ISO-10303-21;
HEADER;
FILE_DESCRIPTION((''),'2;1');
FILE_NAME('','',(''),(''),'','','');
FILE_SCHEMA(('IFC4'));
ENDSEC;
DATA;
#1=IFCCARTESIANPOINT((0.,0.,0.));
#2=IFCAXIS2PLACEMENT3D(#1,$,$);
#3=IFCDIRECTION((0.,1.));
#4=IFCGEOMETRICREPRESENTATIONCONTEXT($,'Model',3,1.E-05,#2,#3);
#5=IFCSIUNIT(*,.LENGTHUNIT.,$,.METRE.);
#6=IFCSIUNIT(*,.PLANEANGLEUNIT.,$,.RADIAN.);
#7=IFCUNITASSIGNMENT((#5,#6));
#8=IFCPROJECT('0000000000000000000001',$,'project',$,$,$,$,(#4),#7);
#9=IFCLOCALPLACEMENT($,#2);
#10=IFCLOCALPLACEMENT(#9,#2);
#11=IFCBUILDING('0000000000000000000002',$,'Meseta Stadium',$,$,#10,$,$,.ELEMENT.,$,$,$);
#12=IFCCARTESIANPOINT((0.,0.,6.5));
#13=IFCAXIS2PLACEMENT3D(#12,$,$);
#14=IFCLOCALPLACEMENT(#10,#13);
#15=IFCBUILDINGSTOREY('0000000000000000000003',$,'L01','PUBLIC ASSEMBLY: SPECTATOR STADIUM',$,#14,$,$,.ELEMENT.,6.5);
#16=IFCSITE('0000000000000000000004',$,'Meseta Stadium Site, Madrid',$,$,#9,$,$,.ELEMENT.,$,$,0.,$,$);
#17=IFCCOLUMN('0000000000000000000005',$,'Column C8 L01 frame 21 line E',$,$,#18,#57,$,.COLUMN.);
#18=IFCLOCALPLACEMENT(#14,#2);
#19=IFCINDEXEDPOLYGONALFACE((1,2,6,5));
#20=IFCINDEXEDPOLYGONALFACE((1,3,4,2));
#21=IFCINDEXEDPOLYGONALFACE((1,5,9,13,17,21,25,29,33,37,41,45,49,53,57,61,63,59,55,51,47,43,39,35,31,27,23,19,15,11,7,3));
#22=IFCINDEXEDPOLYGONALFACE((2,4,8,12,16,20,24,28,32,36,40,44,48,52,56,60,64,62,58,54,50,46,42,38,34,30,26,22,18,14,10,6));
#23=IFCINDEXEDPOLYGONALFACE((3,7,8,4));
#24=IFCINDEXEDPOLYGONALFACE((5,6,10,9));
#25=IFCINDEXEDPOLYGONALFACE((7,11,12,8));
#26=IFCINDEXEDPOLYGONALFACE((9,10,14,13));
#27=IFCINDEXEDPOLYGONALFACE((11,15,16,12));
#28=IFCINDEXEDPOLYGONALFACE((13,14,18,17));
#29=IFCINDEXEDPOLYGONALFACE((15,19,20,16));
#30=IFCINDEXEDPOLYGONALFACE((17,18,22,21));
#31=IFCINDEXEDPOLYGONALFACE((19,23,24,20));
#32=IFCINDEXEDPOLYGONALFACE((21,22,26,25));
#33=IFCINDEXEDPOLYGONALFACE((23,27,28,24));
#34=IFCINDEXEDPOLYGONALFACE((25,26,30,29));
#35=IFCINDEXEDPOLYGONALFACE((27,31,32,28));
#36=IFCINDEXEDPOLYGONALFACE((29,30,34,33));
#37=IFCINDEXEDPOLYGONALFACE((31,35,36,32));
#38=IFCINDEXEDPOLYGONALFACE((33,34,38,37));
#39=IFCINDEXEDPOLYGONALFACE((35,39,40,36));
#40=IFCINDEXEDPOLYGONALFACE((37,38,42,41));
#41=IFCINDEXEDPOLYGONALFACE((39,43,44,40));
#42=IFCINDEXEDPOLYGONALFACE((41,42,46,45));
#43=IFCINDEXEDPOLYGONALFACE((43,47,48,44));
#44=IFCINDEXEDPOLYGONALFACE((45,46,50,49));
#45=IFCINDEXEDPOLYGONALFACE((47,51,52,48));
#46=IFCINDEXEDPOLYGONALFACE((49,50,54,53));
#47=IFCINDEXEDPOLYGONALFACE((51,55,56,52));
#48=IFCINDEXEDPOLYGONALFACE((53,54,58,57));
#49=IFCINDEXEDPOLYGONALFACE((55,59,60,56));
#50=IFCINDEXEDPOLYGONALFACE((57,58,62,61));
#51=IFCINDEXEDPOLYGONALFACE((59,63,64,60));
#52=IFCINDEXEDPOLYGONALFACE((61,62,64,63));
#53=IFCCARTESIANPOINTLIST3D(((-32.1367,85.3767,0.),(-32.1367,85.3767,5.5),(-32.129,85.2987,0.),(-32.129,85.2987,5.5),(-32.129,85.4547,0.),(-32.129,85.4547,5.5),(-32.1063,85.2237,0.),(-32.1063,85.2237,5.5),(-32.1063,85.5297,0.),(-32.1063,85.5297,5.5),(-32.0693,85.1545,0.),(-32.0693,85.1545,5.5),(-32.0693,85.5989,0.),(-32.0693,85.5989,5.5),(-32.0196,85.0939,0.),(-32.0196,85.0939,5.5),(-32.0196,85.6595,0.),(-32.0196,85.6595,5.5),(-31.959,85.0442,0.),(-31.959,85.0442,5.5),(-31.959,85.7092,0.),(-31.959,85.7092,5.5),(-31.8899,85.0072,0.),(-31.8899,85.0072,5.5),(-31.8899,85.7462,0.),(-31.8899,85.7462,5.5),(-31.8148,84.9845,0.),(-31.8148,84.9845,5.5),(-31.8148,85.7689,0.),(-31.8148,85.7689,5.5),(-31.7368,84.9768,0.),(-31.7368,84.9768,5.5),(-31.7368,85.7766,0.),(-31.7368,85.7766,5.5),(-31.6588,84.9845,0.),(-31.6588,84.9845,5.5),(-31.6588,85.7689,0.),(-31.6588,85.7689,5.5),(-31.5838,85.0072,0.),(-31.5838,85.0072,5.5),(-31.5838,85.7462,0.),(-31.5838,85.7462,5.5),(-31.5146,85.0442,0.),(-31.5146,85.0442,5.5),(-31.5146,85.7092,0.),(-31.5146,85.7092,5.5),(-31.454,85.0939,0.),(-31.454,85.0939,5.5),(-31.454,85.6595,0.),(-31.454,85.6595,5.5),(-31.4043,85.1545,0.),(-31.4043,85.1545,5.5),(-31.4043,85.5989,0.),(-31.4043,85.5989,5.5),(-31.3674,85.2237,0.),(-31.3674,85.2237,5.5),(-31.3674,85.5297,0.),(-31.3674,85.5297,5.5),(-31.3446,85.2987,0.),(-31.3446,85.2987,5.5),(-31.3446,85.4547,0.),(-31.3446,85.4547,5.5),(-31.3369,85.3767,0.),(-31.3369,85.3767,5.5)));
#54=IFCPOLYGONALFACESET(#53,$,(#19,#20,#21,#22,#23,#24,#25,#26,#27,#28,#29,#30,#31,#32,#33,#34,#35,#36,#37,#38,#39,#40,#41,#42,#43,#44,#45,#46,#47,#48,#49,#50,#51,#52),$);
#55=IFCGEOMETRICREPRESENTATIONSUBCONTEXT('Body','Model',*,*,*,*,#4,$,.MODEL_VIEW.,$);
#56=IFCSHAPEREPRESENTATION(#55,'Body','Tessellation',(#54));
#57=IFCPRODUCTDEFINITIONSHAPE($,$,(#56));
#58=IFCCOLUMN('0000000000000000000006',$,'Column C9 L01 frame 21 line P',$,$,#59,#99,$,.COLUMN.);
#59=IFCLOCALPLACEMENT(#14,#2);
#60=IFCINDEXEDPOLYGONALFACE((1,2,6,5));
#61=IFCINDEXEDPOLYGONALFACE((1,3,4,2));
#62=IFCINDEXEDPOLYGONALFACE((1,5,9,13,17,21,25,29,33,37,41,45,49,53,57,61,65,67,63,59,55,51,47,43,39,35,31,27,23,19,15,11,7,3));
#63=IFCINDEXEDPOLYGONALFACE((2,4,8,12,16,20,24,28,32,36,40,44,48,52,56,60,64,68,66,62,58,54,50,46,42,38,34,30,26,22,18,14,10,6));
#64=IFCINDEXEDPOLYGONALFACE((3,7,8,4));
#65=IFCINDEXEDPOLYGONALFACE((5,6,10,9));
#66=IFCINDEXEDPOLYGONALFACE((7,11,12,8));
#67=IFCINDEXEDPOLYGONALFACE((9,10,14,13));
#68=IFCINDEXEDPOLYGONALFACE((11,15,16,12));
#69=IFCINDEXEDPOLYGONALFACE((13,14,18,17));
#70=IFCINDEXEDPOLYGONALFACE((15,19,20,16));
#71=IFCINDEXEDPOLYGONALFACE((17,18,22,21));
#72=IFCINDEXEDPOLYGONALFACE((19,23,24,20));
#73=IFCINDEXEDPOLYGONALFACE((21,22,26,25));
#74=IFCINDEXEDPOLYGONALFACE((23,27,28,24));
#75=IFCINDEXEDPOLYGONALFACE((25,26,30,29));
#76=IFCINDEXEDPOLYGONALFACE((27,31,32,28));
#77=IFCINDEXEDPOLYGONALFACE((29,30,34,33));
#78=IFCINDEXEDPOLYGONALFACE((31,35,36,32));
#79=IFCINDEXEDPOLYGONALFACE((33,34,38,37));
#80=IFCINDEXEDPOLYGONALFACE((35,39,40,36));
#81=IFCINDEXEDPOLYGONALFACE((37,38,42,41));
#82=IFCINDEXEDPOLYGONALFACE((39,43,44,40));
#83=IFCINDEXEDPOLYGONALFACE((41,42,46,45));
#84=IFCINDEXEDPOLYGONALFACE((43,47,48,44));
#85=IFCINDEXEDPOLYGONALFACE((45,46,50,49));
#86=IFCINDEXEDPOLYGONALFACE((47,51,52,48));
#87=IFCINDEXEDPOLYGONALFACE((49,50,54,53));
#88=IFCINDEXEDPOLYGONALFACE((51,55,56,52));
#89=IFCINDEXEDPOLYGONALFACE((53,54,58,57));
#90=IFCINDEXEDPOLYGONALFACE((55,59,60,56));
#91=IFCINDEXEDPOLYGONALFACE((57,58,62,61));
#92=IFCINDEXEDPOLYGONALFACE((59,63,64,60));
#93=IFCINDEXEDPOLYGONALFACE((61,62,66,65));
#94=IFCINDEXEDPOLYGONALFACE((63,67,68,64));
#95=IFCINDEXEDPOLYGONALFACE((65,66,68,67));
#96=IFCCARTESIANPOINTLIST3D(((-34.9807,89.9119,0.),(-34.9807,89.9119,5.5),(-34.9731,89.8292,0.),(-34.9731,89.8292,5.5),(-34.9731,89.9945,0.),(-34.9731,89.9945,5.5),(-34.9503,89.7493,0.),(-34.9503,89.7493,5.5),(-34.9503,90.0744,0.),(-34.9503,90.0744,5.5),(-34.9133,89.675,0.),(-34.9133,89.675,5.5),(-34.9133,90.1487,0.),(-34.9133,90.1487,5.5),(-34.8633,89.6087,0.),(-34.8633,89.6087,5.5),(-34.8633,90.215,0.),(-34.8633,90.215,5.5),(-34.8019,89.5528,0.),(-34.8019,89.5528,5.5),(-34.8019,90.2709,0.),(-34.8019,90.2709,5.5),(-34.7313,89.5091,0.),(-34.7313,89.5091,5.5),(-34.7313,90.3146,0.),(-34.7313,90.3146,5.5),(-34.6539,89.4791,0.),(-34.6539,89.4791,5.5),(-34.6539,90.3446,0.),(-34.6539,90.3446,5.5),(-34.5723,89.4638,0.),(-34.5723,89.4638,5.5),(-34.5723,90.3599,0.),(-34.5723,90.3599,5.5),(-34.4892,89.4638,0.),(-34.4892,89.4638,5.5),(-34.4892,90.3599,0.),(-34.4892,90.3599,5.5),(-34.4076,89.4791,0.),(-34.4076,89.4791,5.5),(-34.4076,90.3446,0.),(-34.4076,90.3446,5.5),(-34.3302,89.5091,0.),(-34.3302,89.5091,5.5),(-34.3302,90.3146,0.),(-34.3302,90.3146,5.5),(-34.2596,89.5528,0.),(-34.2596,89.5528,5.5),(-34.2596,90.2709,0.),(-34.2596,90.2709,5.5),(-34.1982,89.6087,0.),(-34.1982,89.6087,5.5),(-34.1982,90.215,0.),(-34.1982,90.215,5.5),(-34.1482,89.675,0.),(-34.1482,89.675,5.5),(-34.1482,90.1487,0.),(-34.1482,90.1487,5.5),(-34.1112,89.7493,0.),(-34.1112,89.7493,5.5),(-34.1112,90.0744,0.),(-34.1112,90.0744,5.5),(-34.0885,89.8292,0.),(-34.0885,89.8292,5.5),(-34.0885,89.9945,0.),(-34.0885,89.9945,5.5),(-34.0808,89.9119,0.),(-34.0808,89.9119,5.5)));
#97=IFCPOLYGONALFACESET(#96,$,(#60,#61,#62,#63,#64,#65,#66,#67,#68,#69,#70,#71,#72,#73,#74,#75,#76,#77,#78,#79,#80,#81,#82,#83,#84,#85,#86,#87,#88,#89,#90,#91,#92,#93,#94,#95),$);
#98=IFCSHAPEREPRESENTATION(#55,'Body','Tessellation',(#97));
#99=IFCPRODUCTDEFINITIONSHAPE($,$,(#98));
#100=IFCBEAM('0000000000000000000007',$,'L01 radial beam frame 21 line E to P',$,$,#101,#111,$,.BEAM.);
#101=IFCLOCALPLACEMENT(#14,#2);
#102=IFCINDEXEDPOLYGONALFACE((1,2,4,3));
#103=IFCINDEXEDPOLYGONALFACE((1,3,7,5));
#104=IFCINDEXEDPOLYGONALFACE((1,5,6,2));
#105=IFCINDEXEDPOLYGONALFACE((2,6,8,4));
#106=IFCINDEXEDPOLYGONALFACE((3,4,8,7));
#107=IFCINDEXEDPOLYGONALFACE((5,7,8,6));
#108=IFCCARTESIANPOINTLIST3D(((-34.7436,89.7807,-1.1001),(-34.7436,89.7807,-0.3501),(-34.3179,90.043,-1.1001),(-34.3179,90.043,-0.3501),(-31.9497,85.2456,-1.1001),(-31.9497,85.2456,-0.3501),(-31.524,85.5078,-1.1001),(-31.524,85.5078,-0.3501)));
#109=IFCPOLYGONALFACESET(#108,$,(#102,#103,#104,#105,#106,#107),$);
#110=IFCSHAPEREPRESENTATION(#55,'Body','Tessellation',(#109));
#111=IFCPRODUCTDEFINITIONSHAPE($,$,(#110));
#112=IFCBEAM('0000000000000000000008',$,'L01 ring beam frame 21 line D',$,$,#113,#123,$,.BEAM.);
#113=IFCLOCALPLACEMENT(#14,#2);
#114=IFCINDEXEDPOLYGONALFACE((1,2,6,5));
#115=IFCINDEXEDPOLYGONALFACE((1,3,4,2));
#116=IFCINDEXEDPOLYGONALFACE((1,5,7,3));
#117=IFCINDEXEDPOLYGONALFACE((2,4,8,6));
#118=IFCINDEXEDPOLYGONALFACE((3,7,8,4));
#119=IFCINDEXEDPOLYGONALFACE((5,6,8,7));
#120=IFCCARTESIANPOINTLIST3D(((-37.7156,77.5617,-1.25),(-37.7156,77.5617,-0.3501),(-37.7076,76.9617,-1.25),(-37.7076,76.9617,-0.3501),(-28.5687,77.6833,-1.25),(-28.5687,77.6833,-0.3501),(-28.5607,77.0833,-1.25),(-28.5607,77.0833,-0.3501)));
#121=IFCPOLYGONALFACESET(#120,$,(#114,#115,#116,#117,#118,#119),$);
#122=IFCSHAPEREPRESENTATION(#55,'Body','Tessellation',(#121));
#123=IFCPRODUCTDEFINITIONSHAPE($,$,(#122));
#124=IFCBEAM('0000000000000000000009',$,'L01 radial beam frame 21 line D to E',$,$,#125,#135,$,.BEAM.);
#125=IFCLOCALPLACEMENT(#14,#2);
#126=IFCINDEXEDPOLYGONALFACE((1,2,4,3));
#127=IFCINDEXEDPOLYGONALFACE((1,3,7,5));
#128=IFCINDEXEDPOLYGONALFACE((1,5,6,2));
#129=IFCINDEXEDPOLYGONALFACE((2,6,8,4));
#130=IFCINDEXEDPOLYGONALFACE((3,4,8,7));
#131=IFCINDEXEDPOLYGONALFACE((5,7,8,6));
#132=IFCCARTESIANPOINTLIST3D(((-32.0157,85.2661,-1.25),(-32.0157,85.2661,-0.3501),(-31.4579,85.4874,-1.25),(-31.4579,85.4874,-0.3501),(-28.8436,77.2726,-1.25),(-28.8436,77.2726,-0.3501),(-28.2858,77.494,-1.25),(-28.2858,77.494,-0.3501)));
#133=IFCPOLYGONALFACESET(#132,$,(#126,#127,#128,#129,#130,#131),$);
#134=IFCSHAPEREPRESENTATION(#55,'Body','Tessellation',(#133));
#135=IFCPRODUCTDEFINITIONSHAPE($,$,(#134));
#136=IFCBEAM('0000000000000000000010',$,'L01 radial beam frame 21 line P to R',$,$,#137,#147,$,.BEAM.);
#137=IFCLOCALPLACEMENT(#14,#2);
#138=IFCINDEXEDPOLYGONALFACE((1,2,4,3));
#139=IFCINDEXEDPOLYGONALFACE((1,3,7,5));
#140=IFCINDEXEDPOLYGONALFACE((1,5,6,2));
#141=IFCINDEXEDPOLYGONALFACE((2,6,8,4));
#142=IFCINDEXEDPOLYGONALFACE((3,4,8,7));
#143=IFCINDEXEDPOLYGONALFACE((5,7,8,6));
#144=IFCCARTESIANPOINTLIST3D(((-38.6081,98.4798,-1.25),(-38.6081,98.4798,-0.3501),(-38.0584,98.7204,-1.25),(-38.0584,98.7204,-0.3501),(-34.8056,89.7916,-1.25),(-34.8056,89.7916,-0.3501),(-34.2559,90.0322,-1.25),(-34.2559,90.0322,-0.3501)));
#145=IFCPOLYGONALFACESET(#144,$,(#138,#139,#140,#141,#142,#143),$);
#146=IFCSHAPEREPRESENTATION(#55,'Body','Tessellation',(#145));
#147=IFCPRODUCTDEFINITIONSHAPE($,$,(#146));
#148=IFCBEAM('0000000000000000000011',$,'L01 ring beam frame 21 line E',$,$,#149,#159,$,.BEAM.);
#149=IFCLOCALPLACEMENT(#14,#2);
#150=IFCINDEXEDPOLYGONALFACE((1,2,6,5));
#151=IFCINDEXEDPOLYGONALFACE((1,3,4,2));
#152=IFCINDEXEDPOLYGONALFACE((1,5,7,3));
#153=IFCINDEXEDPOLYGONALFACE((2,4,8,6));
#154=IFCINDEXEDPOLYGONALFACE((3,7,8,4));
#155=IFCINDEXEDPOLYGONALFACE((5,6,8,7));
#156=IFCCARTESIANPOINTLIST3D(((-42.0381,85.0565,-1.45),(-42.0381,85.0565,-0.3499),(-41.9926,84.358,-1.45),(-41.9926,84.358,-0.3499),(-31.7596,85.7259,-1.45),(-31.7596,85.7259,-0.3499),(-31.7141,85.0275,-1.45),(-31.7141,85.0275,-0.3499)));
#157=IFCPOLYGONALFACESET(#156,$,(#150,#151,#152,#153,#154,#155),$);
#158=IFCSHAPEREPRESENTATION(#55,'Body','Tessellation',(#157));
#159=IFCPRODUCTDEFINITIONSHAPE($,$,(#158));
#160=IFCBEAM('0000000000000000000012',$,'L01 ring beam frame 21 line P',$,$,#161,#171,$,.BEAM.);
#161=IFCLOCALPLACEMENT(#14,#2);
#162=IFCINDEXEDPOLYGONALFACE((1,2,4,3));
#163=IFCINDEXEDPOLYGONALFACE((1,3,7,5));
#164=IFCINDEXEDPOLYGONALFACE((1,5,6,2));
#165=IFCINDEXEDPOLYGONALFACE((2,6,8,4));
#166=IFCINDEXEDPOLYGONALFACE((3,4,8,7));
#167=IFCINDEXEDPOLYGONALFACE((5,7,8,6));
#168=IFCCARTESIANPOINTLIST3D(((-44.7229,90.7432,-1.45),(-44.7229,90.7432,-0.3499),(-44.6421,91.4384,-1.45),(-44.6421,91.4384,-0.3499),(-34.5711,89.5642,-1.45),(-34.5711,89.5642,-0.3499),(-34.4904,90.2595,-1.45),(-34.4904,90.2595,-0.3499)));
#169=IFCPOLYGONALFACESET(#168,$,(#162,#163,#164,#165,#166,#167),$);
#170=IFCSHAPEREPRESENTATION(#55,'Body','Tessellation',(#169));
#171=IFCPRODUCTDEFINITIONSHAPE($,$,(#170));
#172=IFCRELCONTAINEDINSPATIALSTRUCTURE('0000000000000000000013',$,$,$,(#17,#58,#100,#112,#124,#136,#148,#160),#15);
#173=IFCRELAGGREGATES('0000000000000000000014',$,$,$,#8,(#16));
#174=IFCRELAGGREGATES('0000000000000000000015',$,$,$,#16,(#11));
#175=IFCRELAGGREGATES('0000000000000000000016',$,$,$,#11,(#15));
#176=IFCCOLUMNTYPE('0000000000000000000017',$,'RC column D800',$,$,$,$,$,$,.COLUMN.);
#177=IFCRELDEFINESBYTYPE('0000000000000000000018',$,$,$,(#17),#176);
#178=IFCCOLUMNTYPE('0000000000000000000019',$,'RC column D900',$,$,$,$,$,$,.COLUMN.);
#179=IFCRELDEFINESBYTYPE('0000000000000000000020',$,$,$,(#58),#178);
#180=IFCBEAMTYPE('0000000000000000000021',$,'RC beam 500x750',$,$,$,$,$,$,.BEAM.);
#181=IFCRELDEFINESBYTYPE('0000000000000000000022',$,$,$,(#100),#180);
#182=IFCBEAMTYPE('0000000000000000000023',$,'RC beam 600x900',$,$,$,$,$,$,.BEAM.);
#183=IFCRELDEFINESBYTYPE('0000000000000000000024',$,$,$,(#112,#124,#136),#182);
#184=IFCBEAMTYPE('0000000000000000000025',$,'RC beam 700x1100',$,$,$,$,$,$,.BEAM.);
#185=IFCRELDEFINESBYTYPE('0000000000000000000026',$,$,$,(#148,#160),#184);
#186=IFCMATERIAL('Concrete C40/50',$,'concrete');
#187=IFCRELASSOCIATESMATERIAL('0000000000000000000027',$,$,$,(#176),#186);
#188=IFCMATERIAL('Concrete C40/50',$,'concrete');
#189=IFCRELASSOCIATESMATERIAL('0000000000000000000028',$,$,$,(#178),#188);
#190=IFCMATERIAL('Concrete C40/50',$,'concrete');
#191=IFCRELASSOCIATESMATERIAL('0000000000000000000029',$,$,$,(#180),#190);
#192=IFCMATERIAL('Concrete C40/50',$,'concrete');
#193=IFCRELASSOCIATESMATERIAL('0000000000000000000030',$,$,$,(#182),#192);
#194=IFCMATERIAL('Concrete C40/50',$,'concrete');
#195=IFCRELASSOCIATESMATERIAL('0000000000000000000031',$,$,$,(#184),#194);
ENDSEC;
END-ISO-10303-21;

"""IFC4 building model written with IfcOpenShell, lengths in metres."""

from ifc_helpers import new_model, si_unit, direction, frame, origin, origin_2d, place, context, subcontext, project, spatial, rectangle, circle, extrude, material, material_profile, profile_set, type_object, element, save


model = new_model("IFC4")

# Units and contexts
model_context = context("Model", 3, precision=1e-05, world=origin(), true_north=direction((0.0, 1.0)))
body_context = subcontext(model_context, "Body", "Model", "MODEL_VIEW")
ifc_project = project(units=[si_unit("LENGTHUNIT", "METRE"), si_unit("PLANEANGLEUNIT", "RADIAN")], contexts=[model_context])

# Site, building, storey
site_placement = place(None, origin())
site = spatial("IfcSite", under=ifc_project, at=site_placement, Name="Meseta Stadium Site, Madrid", CompositionType="ELEMENT", RefElevation=0.0)
building_placement = place(site_placement, origin())
building = spatial("IfcBuilding", under=site, at=building_placement, Name="Meseta Stadium", CompositionType="ELEMENT")
storey_placement = place(building_placement, frame((0.0, 0.0, 6.5)))
storey = spatial("IfcBuildingStorey", under=building, at=storey_placement, Name="L01", Description="PUBLIC ASSEMBLY: SPECTATOR STADIUM", CompositionType="ELEMENT", Elevation=6.5)

# Columns
ifc_material_1 = material(Name="Concrete C40/50", Category="concrete")
ifc_material_profile_1 = material_profile(ifc_material_1, circle(Radius=0.3999, at=origin_2d()), Name="RC D800")
ifc_profile_set_1 = profile_set([ifc_material_profile_1], Name="Concrete C40/50")
column_type_1 = type_object("IfcColumnType", Name="RC column D800", PredefinedType="COLUMN", material=ifc_profile_set_1)
column_1_placement = place(storey_placement, frame((-31.7368, 85.3767, 0.0), z_axis=(0.0, 0.0, 1.0), x_axis=(1.0, 0.0, 0.0)))
element("IfcColumn", 1, at=column_1_placement, inside=storey, type_object=column_type_1, Name="Column C8 L01 frame 21 line E", PredefinedType="COLUMN", context=body_context, shape_type="SweptSolid", body=[
    extrude(circle(Radius=0.3999, at=origin_2d()), origin(), (0.0, 0.0, 1.0), 5.5),
])
ifc_material_2 = material(Name="Concrete C40/50", Category="concrete")
ifc_material_profile_2 = material_profile(ifc_material_2, circle(Radius=0.45, at=origin_2d()), Name="RC D900")
ifc_profile_set_2 = profile_set([ifc_material_profile_2], Name="Concrete C40/50")
column_type_2 = type_object("IfcColumnType", Name="RC column D900", PredefinedType="COLUMN", material=ifc_profile_set_2)
column_2_placement = place(storey_placement, frame((-34.5308, 89.9119, 0.0), z_axis=(0.0, 0.0, 1.0), x_axis=(1.0, 0.0, 0.0)))
element("IfcColumn", 2, at=column_2_placement, inside=storey, type_object=column_type_2, Name="Column C9 L01 frame 21 line P", PredefinedType="COLUMN", context=body_context, shape_type="SweptSolid", body=[
    extrude(circle(Radius=0.45, at=origin_2d()), origin(), (0.0, 0.0, 1.0), 5.5),
])

# Beams
ifc_material_3 = material(Name="Concrete C40/50", Category="concrete")
ifc_material_profile_3 = material_profile(ifc_material_3, rectangle(XDim=0.5, YDim=0.75, at=origin_2d()), Name="RC 500x750")
ifc_profile_set_3 = profile_set([ifc_material_profile_3], Name="Concrete C40/50")
beam_type_1 = type_object("IfcBeamType", Name="RC beam 500x750", PredefinedType="BEAM", material=ifc_profile_set_3)
beam_1_placement = place(storey_placement, frame((-31.7368, 85.3767, -0.7251), z_axis=(-0.524517, 0.8514, 0.0), x_axis=(-0.8514, -0.524517, 0.0)))
element("IfcBeam", 3, at=beam_1_placement, inside=storey, type_object=beam_type_1, Name="L01 radial beam frame 21 line E to P", PredefinedType="BEAM", context=body_context, shape_type="SweptSolid", body=[
    extrude(rectangle(XDim=0.5, YDim=0.75, at=origin_2d()), origin(), (0.0, 0.0, 1.0), 5.3267),
])
ifc_material_4 = material(Name="Concrete C40/50", Category="concrete")
ifc_material_profile_4 = material_profile(ifc_material_4, rectangle(XDim=0.6001, YDim=0.8999, at=origin_2d()), Name="RC 600x900")
ifc_profile_set_4 = profile_set([ifc_material_profile_4], Name="Concrete C40/50")
beam_type_2 = type_object("IfcBeamType", Name="RC beam 600x900", PredefinedType="BEAM", material=ifc_profile_set_4)
beam_2_placement = place(storey_placement, frame((-28.5647, 77.3833, -0.8), z_axis=(-0.999912, -0.013291, 0.0), x_axis=(0.013291, -0.999912, 0.0)))
element("IfcBeam", 4, at=beam_2_placement, inside=storey, type_object=beam_type_2, Name="L01 ring beam frame 21 line D", PredefinedType="BEAM", context=body_context, shape_type="SweptSolid", body=[
    extrude(rectangle(XDim=0.6001, YDim=0.8999, at=origin_2d()), origin(), (0.0, 0.0, 1.0), 9.1477),
])
beam_3_placement = place(storey_placement, frame((-28.5647, 77.3833, -0.8), z_axis=(-0.368859, 0.929485, 0.0), x_axis=(-0.929485, -0.368859, 0.0)))
element("IfcBeam", 5, at=beam_3_placement, inside=storey, type_object=beam_type_2, Name="L01 radial beam frame 21 line D to E", PredefinedType="BEAM", context=body_context, shape_type="SweptSolid", body=[
    extrude(rectangle(XDim=0.6001, YDim=0.8999, at=origin_2d()), origin(), (0.0, 0.0, 1.0), 8.5999),
])
beam_4_placement = place(storey_placement, frame((-34.5308, 89.9119, -0.8), z_axis=(-0.400942, 0.916104, 0.0), x_axis=(-0.916104, -0.400942, 0.0)))
element("IfcBeam", 6, at=beam_4_placement, inside=storey, type_object=beam_type_2, Name="L01 radial beam frame 21 line P to R", PredefinedType="BEAM", context=body_context, shape_type="SweptSolid", body=[
    extrude(rectangle(XDim=0.6001, YDim=0.8999, at=origin_2d()), origin(), (0.0, 0.0, 1.0), 9.4839),
])
ifc_material_5 = material(Name="Concrete C40/50", Category="concrete")
ifc_material_profile_5 = material_profile(ifc_material_5, rectangle(XDim=0.7, YDim=1.1001, at=origin_2d()), Name="RC 700x1100")
ifc_profile_set_5 = profile_set([ifc_material_profile_5], Name="Concrete C40/50")
beam_type_3 = type_object("IfcBeamType", Name="RC beam 700x1100", PredefinedType="BEAM", material=ifc_profile_set_5)
beam_5_placement = place(storey_placement, frame((-31.7368, 85.3767, -0.8999), z_axis=(-0.997886, -0.064991, 0.0), x_axis=(0.064991, -0.997886, 0.0)))
element("IfcBeam", 7, at=beam_5_placement, inside=storey, type_object=beam_type_3, Name="L01 ring beam frame 21 line E", PredefinedType="BEAM", context=body_context, shape_type="SweptSolid", body=[
    extrude(rectangle(XDim=0.7, YDim=1.1001, at=origin_2d()), origin(), (0.0, 0.0, 1.0), 10.3003),
])
beam_6_placement = place(storey_placement, frame((-34.5308, 89.9119, -0.8999), z_axis=(-0.993324, 0.115357, 0.0), x_axis=(-0.115357, -0.993324, 0.0)))
element("IfcBeam", 8, at=beam_6_placement, inside=storey, type_object=beam_type_3, Name="L01 ring beam frame 21 line P", PredefinedType="BEAM", context=body_context, shape_type="SweptSolid", body=[
    extrude(rectangle(XDim=0.7, YDim=1.1001, at=origin_2d()), origin(), (0.0, 0.0, 1.0), 10.22),
])

save(model, "model.ifc")
